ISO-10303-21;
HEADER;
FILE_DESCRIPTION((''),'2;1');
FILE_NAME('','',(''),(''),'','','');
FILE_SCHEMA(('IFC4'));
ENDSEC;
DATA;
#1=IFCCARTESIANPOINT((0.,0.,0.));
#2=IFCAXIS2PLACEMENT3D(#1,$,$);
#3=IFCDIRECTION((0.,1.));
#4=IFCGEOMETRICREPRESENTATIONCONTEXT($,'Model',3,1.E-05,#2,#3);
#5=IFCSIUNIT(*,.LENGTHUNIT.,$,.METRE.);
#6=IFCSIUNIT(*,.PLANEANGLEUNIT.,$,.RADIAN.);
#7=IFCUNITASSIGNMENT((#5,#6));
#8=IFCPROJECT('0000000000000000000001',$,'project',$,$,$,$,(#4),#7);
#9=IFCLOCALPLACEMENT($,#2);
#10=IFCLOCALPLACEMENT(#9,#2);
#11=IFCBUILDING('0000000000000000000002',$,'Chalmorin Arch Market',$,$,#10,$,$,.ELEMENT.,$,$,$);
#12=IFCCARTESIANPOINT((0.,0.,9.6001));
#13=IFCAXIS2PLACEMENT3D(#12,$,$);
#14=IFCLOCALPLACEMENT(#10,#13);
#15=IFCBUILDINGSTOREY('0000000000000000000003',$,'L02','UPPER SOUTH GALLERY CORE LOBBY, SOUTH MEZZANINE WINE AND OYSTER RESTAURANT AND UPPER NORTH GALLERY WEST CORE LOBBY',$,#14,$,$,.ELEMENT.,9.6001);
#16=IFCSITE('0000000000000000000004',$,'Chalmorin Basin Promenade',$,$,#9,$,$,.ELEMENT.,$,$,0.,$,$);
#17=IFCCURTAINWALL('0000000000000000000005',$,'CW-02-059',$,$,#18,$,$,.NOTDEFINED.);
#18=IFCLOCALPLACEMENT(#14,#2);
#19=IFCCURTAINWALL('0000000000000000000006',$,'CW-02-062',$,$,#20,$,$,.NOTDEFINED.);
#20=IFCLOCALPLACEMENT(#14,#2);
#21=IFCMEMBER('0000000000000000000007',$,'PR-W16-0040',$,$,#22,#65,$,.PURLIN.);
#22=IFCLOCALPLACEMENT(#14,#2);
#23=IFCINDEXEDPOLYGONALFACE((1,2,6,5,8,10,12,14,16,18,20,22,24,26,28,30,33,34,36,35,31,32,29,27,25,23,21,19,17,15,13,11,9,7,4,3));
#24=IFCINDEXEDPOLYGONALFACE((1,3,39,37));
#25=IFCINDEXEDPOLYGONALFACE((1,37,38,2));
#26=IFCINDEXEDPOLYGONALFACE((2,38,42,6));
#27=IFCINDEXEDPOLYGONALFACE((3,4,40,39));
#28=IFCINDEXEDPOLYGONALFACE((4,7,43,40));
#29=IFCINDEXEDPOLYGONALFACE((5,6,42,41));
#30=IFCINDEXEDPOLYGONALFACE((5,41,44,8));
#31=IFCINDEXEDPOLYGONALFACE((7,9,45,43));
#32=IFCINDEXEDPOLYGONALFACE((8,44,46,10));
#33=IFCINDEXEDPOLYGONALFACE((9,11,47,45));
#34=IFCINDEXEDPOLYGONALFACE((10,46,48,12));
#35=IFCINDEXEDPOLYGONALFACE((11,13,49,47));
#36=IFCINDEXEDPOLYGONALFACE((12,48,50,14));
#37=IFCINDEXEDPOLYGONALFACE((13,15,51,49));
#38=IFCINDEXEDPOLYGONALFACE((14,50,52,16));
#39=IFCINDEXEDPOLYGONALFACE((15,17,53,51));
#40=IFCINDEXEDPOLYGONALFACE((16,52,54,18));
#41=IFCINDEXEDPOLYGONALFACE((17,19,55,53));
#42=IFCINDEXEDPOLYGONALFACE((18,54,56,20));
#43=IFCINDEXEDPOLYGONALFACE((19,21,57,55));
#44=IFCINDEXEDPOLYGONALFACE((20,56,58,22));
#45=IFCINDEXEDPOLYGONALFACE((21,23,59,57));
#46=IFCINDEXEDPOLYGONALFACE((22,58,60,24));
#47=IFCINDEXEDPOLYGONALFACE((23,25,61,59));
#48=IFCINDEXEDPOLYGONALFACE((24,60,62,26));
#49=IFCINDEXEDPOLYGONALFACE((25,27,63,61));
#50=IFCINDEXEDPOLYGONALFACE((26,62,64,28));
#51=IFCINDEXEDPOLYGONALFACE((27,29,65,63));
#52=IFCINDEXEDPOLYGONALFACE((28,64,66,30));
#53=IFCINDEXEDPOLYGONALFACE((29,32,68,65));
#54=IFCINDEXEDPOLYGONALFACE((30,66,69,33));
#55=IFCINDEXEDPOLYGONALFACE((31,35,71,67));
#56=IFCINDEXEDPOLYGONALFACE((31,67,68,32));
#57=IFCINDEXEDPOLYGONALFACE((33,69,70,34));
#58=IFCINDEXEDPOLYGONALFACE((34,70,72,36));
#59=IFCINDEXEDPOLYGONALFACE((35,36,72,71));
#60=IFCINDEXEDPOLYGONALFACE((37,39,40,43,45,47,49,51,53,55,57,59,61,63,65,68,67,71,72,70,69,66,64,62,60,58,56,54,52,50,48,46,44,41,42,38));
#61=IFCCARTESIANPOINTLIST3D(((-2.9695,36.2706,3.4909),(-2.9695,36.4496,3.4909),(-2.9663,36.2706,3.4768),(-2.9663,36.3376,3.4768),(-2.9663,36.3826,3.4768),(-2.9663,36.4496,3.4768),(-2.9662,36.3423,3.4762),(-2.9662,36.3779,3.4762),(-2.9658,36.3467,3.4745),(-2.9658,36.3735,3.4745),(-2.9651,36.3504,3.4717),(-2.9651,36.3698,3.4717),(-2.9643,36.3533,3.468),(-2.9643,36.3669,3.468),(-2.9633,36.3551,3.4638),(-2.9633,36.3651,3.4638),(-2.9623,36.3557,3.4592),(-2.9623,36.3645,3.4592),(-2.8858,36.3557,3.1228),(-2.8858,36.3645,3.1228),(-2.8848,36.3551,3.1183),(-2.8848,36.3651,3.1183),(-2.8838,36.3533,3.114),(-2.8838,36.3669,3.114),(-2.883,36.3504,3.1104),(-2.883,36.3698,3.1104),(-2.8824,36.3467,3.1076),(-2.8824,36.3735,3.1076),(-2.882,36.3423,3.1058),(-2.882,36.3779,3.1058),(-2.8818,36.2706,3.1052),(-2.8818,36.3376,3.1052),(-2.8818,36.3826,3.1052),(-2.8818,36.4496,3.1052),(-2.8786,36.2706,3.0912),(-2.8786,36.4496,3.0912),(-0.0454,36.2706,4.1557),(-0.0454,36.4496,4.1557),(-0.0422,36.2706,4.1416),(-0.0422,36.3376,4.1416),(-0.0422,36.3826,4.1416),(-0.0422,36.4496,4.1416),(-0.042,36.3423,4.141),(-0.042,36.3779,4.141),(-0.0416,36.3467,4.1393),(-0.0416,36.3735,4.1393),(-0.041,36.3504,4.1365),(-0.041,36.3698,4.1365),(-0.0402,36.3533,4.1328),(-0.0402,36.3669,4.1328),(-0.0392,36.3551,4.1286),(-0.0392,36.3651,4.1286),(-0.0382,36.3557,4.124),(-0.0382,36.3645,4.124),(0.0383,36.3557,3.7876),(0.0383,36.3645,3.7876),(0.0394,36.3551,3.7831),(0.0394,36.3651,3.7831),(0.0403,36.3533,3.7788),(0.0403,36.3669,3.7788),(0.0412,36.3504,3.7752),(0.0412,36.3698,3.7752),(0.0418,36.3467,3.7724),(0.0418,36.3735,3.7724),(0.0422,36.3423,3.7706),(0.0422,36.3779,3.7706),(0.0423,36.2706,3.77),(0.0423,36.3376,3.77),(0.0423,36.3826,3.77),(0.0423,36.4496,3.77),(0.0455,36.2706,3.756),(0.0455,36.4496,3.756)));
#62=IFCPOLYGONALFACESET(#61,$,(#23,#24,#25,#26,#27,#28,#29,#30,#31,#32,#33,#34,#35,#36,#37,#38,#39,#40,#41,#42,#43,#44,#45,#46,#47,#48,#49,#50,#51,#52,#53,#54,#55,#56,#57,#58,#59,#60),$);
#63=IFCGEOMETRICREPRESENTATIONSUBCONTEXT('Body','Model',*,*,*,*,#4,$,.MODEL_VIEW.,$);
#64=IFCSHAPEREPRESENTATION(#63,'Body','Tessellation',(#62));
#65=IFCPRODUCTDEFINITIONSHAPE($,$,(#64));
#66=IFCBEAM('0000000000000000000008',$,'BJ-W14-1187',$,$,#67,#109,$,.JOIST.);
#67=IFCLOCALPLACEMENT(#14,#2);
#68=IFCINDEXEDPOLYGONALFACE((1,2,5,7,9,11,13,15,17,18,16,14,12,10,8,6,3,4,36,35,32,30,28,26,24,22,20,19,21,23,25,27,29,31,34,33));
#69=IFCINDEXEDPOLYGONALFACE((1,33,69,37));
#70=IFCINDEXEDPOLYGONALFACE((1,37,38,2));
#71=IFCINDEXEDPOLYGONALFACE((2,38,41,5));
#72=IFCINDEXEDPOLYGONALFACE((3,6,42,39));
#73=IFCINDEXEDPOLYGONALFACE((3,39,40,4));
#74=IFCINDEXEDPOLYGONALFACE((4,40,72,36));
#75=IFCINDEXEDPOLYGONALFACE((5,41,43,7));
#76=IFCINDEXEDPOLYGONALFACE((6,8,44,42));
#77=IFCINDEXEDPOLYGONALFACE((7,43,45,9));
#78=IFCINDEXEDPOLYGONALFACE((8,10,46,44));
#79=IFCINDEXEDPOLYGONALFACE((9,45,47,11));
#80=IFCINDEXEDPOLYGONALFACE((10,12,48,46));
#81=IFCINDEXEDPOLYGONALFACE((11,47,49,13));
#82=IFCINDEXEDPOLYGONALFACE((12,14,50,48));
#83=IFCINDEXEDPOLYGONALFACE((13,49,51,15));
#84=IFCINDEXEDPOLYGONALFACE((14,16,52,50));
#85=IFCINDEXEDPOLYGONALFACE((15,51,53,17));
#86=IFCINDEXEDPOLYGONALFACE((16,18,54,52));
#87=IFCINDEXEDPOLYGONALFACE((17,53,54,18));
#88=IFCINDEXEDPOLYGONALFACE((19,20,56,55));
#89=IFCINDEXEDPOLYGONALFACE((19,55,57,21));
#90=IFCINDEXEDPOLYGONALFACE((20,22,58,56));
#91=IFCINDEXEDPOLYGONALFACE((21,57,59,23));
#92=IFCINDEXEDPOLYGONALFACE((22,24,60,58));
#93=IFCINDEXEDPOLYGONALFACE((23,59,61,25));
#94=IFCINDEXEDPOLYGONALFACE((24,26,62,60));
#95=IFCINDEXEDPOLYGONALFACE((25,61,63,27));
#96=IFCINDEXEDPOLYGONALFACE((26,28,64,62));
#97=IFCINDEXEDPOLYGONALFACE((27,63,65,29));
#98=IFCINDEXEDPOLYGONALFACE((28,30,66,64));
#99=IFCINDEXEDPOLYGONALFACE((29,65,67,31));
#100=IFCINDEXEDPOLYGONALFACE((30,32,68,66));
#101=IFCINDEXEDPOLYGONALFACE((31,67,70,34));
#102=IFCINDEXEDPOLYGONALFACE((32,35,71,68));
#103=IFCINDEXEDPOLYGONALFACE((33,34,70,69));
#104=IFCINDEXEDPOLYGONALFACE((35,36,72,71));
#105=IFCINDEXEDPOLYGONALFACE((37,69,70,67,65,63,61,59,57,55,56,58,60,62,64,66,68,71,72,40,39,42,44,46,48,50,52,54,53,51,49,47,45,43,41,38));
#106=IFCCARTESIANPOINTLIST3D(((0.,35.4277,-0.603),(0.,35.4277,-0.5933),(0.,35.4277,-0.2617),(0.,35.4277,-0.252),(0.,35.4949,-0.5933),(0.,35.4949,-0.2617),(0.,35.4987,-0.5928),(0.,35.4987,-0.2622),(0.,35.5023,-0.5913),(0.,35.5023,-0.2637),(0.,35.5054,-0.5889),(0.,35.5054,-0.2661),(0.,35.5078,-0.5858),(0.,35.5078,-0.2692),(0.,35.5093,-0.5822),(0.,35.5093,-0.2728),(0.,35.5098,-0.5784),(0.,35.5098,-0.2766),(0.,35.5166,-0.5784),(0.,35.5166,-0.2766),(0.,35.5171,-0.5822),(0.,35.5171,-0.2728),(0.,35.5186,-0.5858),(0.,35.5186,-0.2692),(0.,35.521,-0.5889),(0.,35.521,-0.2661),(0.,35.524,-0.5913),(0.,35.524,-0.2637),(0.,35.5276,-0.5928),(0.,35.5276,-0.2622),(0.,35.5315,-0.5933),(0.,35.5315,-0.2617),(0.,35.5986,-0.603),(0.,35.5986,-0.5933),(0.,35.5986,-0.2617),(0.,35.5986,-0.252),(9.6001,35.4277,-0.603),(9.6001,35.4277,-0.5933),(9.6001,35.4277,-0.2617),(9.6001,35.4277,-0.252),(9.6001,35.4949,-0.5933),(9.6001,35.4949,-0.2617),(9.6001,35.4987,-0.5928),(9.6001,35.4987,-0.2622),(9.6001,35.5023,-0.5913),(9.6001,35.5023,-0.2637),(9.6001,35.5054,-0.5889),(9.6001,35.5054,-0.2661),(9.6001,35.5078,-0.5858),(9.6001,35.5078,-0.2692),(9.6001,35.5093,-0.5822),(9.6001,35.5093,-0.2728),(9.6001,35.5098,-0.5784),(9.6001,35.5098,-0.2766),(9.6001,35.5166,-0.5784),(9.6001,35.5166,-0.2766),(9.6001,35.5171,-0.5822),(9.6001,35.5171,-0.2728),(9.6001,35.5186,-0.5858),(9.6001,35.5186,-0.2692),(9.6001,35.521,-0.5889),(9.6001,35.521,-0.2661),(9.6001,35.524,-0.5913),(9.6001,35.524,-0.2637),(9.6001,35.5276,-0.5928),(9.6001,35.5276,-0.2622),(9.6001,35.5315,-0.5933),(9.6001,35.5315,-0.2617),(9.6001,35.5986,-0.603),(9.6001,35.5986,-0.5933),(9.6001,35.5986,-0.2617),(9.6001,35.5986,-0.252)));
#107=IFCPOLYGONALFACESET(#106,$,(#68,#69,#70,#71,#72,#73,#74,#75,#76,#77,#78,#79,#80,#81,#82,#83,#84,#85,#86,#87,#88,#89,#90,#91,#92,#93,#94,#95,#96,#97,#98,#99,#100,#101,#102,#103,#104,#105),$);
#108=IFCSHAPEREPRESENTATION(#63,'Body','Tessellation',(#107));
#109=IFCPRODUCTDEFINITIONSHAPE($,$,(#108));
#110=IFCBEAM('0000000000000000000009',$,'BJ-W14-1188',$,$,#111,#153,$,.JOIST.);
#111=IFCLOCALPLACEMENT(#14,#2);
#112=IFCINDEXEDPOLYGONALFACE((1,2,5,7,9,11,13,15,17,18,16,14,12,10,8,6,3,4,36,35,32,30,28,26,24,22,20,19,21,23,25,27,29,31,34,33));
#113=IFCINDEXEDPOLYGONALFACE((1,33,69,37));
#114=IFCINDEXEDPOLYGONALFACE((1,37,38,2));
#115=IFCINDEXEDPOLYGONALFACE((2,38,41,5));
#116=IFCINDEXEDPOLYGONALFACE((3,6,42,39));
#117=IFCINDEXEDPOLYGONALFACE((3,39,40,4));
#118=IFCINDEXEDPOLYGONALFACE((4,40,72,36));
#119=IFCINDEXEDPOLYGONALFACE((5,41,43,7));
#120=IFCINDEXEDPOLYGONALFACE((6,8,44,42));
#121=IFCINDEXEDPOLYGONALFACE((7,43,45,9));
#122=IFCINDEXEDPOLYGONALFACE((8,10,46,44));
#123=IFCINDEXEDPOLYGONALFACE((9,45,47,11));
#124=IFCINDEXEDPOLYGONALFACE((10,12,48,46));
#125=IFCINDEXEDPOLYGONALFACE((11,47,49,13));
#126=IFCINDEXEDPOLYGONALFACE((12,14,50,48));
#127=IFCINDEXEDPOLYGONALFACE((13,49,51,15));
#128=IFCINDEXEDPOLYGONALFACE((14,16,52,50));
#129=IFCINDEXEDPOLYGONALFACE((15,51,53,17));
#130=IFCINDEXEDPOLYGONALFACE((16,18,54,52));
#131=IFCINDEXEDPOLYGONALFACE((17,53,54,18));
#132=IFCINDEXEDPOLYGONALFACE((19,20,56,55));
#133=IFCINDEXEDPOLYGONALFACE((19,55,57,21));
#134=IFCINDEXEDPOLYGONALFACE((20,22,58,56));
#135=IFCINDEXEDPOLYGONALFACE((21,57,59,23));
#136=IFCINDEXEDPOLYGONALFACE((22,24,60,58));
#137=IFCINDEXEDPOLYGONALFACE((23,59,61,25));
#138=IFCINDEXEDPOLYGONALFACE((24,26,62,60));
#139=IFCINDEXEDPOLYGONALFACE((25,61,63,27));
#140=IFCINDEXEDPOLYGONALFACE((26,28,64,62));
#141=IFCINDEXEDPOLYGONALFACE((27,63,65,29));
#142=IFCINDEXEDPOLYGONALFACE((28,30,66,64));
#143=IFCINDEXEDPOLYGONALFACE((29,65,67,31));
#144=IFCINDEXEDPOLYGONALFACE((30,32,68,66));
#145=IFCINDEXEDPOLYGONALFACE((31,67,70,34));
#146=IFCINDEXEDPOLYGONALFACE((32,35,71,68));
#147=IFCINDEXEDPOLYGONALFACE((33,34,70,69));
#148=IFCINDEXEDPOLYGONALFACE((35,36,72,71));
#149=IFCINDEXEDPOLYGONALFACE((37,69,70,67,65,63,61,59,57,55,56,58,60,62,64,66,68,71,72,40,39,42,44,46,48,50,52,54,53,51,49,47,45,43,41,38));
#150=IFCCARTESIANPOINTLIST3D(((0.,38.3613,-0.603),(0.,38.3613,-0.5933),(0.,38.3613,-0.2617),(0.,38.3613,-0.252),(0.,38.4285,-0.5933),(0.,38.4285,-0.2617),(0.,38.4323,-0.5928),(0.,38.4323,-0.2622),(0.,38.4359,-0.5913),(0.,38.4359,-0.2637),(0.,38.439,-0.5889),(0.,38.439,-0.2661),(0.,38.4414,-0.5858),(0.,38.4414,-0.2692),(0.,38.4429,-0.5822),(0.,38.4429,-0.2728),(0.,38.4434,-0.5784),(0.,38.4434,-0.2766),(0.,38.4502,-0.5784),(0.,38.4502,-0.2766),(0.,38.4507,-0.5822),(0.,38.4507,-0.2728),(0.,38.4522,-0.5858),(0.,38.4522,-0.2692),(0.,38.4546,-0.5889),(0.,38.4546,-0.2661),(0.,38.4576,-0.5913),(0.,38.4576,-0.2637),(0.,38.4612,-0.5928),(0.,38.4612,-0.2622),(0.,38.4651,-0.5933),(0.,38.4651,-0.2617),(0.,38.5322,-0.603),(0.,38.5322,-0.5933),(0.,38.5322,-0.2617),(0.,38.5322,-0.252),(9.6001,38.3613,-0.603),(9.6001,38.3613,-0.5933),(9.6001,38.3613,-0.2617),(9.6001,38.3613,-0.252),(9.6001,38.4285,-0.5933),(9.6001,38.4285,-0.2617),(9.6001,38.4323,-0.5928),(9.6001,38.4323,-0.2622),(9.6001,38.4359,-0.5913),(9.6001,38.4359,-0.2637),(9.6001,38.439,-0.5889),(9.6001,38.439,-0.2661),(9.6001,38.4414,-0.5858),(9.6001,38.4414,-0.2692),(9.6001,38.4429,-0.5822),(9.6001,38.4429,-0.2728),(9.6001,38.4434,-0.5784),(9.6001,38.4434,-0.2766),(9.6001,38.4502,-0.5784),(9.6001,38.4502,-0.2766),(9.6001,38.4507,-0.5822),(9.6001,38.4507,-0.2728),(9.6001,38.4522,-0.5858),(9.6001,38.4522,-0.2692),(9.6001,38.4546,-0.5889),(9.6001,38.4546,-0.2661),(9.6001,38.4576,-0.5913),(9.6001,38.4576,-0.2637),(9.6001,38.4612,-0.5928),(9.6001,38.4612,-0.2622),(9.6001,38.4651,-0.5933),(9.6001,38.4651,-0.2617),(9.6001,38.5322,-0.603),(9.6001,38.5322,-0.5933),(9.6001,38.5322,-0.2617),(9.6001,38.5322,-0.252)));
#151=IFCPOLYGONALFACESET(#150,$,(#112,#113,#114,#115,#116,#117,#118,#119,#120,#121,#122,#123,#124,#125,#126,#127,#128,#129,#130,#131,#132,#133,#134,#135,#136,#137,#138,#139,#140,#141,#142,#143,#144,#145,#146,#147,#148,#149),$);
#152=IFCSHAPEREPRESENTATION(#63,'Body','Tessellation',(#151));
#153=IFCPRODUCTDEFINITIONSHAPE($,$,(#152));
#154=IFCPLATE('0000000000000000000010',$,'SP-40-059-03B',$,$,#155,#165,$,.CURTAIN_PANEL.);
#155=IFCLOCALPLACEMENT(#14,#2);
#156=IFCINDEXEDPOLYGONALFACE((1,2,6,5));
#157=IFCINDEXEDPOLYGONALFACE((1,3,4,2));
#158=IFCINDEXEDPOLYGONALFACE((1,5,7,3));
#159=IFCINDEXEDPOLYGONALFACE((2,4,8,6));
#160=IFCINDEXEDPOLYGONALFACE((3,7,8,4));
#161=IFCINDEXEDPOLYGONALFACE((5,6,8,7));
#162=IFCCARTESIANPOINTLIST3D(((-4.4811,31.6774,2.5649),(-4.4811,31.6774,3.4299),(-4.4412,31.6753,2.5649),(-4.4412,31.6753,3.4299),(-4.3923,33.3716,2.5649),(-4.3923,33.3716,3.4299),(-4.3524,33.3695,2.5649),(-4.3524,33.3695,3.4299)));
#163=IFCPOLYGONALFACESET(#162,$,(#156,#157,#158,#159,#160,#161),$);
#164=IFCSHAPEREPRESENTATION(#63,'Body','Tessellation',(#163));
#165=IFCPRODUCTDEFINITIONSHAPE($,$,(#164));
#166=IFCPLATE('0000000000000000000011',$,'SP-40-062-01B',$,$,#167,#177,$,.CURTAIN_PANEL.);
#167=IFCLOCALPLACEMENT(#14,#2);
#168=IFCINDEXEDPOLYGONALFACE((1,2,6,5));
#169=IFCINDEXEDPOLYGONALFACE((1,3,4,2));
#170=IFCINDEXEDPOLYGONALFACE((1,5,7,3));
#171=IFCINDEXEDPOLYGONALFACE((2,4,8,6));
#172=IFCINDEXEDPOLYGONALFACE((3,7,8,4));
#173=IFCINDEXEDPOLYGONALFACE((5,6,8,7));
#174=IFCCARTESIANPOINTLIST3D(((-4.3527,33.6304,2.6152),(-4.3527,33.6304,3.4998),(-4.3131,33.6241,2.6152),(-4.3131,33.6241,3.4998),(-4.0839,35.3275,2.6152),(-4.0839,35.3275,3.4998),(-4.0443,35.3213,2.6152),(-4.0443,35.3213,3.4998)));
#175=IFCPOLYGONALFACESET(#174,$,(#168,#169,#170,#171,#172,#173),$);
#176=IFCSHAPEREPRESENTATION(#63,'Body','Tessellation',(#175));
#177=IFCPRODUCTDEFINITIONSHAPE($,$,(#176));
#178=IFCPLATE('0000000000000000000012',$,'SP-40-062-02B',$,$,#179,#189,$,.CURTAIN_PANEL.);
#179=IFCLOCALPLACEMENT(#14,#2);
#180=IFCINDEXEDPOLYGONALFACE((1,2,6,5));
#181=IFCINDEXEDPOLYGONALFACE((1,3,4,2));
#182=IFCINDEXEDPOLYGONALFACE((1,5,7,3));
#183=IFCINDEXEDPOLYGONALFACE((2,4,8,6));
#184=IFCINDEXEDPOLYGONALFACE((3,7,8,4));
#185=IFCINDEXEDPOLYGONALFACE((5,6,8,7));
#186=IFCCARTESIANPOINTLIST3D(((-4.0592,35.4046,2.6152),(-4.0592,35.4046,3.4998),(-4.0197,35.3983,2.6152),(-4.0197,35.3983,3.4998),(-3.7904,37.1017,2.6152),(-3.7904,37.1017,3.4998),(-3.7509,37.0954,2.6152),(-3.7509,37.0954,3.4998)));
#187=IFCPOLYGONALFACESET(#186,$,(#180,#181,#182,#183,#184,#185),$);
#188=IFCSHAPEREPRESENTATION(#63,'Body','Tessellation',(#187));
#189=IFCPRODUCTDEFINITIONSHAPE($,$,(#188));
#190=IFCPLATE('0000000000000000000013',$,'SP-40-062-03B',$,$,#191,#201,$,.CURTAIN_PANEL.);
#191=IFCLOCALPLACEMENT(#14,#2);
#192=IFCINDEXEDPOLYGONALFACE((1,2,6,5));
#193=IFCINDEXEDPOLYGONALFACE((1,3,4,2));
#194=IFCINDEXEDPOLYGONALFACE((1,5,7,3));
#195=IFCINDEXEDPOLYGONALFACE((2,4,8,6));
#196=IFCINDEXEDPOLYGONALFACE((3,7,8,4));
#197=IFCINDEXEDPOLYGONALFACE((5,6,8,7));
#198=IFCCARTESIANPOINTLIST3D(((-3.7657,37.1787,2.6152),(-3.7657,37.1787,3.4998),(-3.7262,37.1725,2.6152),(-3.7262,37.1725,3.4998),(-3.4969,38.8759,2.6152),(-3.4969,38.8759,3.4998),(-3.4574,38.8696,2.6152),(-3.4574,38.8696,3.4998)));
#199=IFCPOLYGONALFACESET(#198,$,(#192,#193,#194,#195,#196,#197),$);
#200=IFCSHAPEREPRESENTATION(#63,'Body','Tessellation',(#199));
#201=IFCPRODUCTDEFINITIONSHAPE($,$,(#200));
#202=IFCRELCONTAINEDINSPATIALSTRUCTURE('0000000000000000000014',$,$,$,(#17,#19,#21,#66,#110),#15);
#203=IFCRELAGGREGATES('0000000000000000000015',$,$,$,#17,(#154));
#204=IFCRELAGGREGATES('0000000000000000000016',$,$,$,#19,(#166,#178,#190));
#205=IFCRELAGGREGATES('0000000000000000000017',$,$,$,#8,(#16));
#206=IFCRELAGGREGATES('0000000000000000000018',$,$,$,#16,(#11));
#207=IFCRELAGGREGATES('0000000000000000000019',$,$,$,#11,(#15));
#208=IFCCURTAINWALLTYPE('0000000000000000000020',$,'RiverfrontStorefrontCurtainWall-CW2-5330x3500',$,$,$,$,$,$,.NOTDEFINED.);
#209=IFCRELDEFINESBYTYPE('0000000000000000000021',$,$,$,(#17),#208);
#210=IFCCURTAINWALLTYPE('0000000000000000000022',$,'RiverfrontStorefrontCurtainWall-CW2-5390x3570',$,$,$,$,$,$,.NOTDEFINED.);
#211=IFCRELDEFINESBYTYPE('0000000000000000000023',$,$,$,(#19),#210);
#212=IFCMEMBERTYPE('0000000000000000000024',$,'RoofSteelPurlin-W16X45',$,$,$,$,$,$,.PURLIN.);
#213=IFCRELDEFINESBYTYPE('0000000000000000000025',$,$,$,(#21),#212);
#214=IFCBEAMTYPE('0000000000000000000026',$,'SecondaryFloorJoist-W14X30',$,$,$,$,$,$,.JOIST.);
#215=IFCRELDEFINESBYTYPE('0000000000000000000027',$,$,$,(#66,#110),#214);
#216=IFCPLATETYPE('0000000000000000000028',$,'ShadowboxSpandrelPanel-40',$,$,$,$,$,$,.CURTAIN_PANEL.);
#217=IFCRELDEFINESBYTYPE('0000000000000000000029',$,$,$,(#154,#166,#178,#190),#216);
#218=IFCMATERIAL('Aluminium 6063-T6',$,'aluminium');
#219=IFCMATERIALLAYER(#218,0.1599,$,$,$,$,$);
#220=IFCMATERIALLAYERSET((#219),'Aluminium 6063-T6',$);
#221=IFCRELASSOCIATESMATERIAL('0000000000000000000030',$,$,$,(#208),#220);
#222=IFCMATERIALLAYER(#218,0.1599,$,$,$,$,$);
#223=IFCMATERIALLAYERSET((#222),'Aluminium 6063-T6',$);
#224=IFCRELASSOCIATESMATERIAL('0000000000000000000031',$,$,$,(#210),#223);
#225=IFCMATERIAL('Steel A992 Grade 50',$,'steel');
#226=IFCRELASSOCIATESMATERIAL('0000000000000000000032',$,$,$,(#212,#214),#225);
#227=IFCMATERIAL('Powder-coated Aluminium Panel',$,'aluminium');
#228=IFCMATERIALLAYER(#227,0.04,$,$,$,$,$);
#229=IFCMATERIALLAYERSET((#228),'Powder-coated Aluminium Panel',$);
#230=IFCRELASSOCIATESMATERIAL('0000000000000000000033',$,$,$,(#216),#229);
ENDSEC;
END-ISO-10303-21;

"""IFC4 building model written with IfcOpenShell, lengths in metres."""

from ifc_helpers import new_model, si_unit, direction, frame, origin, origin_2d, place, context, subcontext, project, spatial, rectangle, i_section, extrude, material, layer, layer_set, material_profile, profile_set, type_object, element, aggregate, save


model = new_model("IFC4")

# Units and contexts
model_context = context("Model", 3, precision=1e-05, world=origin(), true_north=direction((0.0, 1.0)))
body_context = subcontext(model_context, "Body", "Model", "MODEL_VIEW")
ifc_project = project(units=[si_unit("LENGTHUNIT", "METRE"), si_unit("PLANEANGLEUNIT", "RADIAN")], contexts=[model_context])

# Site, building, storey
site_placement = place(None, origin())
site = spatial("IfcSite", under=ifc_project, at=site_placement, Name="Chalmorin Basin Promenade", CompositionType="ELEMENT", RefElevation=0.0)
building_placement = place(site_placement, origin())
building = spatial("IfcBuilding", under=site, at=building_placement, Name="Chalmorin Arch Market", CompositionType="ELEMENT")
storey_placement = place(building_placement, frame((0.0, 0.0, 9.6001)))
storey = spatial("IfcBuildingStorey", under=building, at=storey_placement, Name="L02", Description="UPPER SOUTH GALLERY CORE LOBBY, SOUTH MEZZANINE WINE AND OYSTER RESTAURANT AND UPPER NORTH GALLERY WEST CORE LOBBY", CompositionType="ELEMENT", Elevation=9.6001)

# Curtain wall
ifc_material_1 = material(Name="Aluminium 6063-T6", Category="aluminium")
ifc_layer_1 = layer(ifc_material_1, 0.1599)
ifc_layer_set_1 = layer_set([ifc_layer_1], Name="Aluminium 6063-T6")
curtain_wall_type_1 = type_object("IfcCurtainWallType", Name="RiverfrontStorefrontCurtainWall-CW2-5330x3500", PredefinedType="NOTDEFINED", material=ifc_layer_set_1)
curtain_wall_1_placement = place(storey_placement, origin())
curtain_wall_1 = element("IfcCurtainWall", 1, at=curtain_wall_1_placement, inside=storey, type_object=curtain_wall_type_1, Name="CW-02-059", PredefinedType="NOTDEFINED")

# Curtain wall
ifc_layer_2 = layer(ifc_material_1, 0.1599)
ifc_layer_set_2 = layer_set([ifc_layer_2], Name="Aluminium 6063-T6")
curtain_wall_type_2 = type_object("IfcCurtainWallType", Name="RiverfrontStorefrontCurtainWall-CW2-5390x3570", PredefinedType="NOTDEFINED", material=ifc_layer_set_2)
curtain_wall_2_placement = place(storey_placement, origin())
curtain_wall_2 = element("IfcCurtainWall", 2, at=curtain_wall_2_placement, inside=storey, type_object=curtain_wall_type_2, Name="CW-02-062", PredefinedType="NOTDEFINED")

# Shared definitions
ifc_material_2 = material(Name="Steel A992 Grade 50", Category="steel")

# Member
ifc_material_profile_1 = material_profile(ifc_material_2, i_section(OverallWidth=0.179, OverallDepth=0.4099, WebThickness=0.0088, FlangeThickness=0.0144, FilletRadius=0.0181, at=origin_2d()), Name="W16X45")
ifc_profile_set_1 = profile_set([ifc_material_profile_1], Name="Steel A992 Grade 50")
member_type_1 = type_object("IfcMemberType", Name="RoofSteelPurlin-W16X45", PredefinedType="PURLIN", material=ifc_profile_set_1)
member_1_placement = place(storey_placement, frame((-2.9241, 36.3601, 3.291), z_axis=(0.975116, 0.0, 0.221695), x_axis=(0.0, 1.0, 0.0)))
element("IfcMember", 3, at=member_1_placement, inside=storey, type_object=member_type_1, Name="PR-W16-0040", PredefinedType="PURLIN", context=body_context, shape_type="SweptSolid", body=[
    extrude(i_section(OverallWidth=0.179, OverallDepth=0.4099, WebThickness=0.0088, FlangeThickness=0.0144, FilletRadius=0.0181, at=origin_2d()), origin(), (0.0, 0.0, 1.0), 2.9988),
])

# Beams
ifc_material_profile_2 = material_profile(ifc_material_2, i_section(OverallWidth=0.1709, OverallDepth=0.3511, WebThickness=0.0068, FlangeThickness=0.0098, FilletRadius=0.0149, at=origin_2d()), Name="W14X30")
ifc_profile_set_2 = profile_set([ifc_material_profile_2], Name="Steel A992 Grade 50")
beam_type_1 = type_object("IfcBeamType", Name="SecondaryFloorJoist-W14X30", PredefinedType="JOIST", material=ifc_profile_set_2)
for number, where, z_axis, x_axis, name in (
    (4, (0.0, 35.5132, -0.4275), (1.0, 0.0, 0.0), (0.0, 1.0, 0.0), "BJ-W14-1187"),
    (5, (0.0, 38.4468, -0.4275), (1.0, 0.0, 0.0), (0.0, 1.0, 0.0), "BJ-W14-1188"),
):
    element("IfcBeam", number, at=place(storey_placement, frame(where, z_axis=z_axis, x_axis=x_axis)), inside=storey, type_object=beam_type_1, Name=name, PredefinedType="JOIST", context=body_context, shape_type="SweptSolid", body=[
        extrude(i_section(OverallWidth=0.1709, OverallDepth=0.3511, WebThickness=0.0068, FlangeThickness=0.0098, FilletRadius=0.0149, at=origin_2d()), origin(), (0.0, 0.0, 1.0), 9.6001),
    ])

# Plates
ifc_material_3 = material(Name="Powder-coated Aluminium Panel", Category="aluminium")
ifc_layer_3 = layer(ifc_material_3, 0.04)
ifc_layer_set_3 = layer_set([ifc_layer_3], Name="Powder-coated Aluminium Panel")
plate_type_1 = type_object("IfcPlateType", Name="ShadowboxSpandrelPanel-40", PredefinedType="CURTAIN_PANEL", material=ifc_layer_set_3)
plate_1_placement = place(storey_placement, frame((-4.4167, 32.5234, 2.5649), z_axis=(0.0, 0.0, 1.0), x_axis=(0.052336, 0.99863, 0.0)))
plate_1 = element("IfcPlate", 6, at=plate_1_placement, type_object=plate_type_1, Name="SP-40-059-03B", PredefinedType="CURTAIN_PANEL", context=body_context, shape_type="SweptSolid", body=[
    extrude(rectangle(XDim=1.6965, YDim=0.04, at=origin_2d()), origin(), (0.0, 0.0, 1.0), 0.865),
])
plate_2_placement = place(storey_placement, frame((-4.1985, 34.4758, 2.6152), z_axis=(0.0, 0.0, 1.0), x_axis=(0.156434, 0.987688, 0.0)))
plate_2 = element("IfcPlate", 7, at=plate_2_placement, type_object=plate_type_1, Name="SP-40-062-01B", PredefinedType="CURTAIN_PANEL", context=body_context, shape_type="SweptSolid", body=[
    extrude(rectangle(XDim=1.7183, YDim=0.04, at=origin_2d()), origin(), (0.0, 0.0, 1.0), 0.8845),
])
plate_3_placement = place(storey_placement, frame((-3.905, 36.25, 2.6152), z_axis=(0.0, 0.0, 1.0), x_axis=(0.156434, 0.987688, 0.0)))
plate_3 = element("IfcPlate", 8, at=plate_3_placement, type_object=plate_type_1, Name="SP-40-062-02B", PredefinedType="CURTAIN_PANEL", context=body_context, shape_type="SweptSolid", body=[
    extrude(rectangle(XDim=1.7183, YDim=0.04, at=origin_2d()), origin(), (0.0, 0.0, 1.0), 0.8845),
])
plate_4_placement = place(storey_placement, frame((-3.6116, 38.0242, 2.6152), z_axis=(0.0, 0.0, 1.0), x_axis=(0.156434, 0.987688, 0.0)))
plate_4 = element("IfcPlate", 9, at=plate_4_placement, type_object=plate_type_1, Name="SP-40-062-03B", PredefinedType="CURTAIN_PANEL", context=body_context, shape_type="SweptSolid", body=[
    extrude(rectangle(XDim=1.7183, YDim=0.04, at=origin_2d()), origin(), (0.0, 0.0, 1.0), 0.8845),
])
aggregate(curtain_wall_1, [plate_1])
aggregate(curtain_wall_2, [plate_2, plate_3, plate_4])

save(model, "model.ifc")
